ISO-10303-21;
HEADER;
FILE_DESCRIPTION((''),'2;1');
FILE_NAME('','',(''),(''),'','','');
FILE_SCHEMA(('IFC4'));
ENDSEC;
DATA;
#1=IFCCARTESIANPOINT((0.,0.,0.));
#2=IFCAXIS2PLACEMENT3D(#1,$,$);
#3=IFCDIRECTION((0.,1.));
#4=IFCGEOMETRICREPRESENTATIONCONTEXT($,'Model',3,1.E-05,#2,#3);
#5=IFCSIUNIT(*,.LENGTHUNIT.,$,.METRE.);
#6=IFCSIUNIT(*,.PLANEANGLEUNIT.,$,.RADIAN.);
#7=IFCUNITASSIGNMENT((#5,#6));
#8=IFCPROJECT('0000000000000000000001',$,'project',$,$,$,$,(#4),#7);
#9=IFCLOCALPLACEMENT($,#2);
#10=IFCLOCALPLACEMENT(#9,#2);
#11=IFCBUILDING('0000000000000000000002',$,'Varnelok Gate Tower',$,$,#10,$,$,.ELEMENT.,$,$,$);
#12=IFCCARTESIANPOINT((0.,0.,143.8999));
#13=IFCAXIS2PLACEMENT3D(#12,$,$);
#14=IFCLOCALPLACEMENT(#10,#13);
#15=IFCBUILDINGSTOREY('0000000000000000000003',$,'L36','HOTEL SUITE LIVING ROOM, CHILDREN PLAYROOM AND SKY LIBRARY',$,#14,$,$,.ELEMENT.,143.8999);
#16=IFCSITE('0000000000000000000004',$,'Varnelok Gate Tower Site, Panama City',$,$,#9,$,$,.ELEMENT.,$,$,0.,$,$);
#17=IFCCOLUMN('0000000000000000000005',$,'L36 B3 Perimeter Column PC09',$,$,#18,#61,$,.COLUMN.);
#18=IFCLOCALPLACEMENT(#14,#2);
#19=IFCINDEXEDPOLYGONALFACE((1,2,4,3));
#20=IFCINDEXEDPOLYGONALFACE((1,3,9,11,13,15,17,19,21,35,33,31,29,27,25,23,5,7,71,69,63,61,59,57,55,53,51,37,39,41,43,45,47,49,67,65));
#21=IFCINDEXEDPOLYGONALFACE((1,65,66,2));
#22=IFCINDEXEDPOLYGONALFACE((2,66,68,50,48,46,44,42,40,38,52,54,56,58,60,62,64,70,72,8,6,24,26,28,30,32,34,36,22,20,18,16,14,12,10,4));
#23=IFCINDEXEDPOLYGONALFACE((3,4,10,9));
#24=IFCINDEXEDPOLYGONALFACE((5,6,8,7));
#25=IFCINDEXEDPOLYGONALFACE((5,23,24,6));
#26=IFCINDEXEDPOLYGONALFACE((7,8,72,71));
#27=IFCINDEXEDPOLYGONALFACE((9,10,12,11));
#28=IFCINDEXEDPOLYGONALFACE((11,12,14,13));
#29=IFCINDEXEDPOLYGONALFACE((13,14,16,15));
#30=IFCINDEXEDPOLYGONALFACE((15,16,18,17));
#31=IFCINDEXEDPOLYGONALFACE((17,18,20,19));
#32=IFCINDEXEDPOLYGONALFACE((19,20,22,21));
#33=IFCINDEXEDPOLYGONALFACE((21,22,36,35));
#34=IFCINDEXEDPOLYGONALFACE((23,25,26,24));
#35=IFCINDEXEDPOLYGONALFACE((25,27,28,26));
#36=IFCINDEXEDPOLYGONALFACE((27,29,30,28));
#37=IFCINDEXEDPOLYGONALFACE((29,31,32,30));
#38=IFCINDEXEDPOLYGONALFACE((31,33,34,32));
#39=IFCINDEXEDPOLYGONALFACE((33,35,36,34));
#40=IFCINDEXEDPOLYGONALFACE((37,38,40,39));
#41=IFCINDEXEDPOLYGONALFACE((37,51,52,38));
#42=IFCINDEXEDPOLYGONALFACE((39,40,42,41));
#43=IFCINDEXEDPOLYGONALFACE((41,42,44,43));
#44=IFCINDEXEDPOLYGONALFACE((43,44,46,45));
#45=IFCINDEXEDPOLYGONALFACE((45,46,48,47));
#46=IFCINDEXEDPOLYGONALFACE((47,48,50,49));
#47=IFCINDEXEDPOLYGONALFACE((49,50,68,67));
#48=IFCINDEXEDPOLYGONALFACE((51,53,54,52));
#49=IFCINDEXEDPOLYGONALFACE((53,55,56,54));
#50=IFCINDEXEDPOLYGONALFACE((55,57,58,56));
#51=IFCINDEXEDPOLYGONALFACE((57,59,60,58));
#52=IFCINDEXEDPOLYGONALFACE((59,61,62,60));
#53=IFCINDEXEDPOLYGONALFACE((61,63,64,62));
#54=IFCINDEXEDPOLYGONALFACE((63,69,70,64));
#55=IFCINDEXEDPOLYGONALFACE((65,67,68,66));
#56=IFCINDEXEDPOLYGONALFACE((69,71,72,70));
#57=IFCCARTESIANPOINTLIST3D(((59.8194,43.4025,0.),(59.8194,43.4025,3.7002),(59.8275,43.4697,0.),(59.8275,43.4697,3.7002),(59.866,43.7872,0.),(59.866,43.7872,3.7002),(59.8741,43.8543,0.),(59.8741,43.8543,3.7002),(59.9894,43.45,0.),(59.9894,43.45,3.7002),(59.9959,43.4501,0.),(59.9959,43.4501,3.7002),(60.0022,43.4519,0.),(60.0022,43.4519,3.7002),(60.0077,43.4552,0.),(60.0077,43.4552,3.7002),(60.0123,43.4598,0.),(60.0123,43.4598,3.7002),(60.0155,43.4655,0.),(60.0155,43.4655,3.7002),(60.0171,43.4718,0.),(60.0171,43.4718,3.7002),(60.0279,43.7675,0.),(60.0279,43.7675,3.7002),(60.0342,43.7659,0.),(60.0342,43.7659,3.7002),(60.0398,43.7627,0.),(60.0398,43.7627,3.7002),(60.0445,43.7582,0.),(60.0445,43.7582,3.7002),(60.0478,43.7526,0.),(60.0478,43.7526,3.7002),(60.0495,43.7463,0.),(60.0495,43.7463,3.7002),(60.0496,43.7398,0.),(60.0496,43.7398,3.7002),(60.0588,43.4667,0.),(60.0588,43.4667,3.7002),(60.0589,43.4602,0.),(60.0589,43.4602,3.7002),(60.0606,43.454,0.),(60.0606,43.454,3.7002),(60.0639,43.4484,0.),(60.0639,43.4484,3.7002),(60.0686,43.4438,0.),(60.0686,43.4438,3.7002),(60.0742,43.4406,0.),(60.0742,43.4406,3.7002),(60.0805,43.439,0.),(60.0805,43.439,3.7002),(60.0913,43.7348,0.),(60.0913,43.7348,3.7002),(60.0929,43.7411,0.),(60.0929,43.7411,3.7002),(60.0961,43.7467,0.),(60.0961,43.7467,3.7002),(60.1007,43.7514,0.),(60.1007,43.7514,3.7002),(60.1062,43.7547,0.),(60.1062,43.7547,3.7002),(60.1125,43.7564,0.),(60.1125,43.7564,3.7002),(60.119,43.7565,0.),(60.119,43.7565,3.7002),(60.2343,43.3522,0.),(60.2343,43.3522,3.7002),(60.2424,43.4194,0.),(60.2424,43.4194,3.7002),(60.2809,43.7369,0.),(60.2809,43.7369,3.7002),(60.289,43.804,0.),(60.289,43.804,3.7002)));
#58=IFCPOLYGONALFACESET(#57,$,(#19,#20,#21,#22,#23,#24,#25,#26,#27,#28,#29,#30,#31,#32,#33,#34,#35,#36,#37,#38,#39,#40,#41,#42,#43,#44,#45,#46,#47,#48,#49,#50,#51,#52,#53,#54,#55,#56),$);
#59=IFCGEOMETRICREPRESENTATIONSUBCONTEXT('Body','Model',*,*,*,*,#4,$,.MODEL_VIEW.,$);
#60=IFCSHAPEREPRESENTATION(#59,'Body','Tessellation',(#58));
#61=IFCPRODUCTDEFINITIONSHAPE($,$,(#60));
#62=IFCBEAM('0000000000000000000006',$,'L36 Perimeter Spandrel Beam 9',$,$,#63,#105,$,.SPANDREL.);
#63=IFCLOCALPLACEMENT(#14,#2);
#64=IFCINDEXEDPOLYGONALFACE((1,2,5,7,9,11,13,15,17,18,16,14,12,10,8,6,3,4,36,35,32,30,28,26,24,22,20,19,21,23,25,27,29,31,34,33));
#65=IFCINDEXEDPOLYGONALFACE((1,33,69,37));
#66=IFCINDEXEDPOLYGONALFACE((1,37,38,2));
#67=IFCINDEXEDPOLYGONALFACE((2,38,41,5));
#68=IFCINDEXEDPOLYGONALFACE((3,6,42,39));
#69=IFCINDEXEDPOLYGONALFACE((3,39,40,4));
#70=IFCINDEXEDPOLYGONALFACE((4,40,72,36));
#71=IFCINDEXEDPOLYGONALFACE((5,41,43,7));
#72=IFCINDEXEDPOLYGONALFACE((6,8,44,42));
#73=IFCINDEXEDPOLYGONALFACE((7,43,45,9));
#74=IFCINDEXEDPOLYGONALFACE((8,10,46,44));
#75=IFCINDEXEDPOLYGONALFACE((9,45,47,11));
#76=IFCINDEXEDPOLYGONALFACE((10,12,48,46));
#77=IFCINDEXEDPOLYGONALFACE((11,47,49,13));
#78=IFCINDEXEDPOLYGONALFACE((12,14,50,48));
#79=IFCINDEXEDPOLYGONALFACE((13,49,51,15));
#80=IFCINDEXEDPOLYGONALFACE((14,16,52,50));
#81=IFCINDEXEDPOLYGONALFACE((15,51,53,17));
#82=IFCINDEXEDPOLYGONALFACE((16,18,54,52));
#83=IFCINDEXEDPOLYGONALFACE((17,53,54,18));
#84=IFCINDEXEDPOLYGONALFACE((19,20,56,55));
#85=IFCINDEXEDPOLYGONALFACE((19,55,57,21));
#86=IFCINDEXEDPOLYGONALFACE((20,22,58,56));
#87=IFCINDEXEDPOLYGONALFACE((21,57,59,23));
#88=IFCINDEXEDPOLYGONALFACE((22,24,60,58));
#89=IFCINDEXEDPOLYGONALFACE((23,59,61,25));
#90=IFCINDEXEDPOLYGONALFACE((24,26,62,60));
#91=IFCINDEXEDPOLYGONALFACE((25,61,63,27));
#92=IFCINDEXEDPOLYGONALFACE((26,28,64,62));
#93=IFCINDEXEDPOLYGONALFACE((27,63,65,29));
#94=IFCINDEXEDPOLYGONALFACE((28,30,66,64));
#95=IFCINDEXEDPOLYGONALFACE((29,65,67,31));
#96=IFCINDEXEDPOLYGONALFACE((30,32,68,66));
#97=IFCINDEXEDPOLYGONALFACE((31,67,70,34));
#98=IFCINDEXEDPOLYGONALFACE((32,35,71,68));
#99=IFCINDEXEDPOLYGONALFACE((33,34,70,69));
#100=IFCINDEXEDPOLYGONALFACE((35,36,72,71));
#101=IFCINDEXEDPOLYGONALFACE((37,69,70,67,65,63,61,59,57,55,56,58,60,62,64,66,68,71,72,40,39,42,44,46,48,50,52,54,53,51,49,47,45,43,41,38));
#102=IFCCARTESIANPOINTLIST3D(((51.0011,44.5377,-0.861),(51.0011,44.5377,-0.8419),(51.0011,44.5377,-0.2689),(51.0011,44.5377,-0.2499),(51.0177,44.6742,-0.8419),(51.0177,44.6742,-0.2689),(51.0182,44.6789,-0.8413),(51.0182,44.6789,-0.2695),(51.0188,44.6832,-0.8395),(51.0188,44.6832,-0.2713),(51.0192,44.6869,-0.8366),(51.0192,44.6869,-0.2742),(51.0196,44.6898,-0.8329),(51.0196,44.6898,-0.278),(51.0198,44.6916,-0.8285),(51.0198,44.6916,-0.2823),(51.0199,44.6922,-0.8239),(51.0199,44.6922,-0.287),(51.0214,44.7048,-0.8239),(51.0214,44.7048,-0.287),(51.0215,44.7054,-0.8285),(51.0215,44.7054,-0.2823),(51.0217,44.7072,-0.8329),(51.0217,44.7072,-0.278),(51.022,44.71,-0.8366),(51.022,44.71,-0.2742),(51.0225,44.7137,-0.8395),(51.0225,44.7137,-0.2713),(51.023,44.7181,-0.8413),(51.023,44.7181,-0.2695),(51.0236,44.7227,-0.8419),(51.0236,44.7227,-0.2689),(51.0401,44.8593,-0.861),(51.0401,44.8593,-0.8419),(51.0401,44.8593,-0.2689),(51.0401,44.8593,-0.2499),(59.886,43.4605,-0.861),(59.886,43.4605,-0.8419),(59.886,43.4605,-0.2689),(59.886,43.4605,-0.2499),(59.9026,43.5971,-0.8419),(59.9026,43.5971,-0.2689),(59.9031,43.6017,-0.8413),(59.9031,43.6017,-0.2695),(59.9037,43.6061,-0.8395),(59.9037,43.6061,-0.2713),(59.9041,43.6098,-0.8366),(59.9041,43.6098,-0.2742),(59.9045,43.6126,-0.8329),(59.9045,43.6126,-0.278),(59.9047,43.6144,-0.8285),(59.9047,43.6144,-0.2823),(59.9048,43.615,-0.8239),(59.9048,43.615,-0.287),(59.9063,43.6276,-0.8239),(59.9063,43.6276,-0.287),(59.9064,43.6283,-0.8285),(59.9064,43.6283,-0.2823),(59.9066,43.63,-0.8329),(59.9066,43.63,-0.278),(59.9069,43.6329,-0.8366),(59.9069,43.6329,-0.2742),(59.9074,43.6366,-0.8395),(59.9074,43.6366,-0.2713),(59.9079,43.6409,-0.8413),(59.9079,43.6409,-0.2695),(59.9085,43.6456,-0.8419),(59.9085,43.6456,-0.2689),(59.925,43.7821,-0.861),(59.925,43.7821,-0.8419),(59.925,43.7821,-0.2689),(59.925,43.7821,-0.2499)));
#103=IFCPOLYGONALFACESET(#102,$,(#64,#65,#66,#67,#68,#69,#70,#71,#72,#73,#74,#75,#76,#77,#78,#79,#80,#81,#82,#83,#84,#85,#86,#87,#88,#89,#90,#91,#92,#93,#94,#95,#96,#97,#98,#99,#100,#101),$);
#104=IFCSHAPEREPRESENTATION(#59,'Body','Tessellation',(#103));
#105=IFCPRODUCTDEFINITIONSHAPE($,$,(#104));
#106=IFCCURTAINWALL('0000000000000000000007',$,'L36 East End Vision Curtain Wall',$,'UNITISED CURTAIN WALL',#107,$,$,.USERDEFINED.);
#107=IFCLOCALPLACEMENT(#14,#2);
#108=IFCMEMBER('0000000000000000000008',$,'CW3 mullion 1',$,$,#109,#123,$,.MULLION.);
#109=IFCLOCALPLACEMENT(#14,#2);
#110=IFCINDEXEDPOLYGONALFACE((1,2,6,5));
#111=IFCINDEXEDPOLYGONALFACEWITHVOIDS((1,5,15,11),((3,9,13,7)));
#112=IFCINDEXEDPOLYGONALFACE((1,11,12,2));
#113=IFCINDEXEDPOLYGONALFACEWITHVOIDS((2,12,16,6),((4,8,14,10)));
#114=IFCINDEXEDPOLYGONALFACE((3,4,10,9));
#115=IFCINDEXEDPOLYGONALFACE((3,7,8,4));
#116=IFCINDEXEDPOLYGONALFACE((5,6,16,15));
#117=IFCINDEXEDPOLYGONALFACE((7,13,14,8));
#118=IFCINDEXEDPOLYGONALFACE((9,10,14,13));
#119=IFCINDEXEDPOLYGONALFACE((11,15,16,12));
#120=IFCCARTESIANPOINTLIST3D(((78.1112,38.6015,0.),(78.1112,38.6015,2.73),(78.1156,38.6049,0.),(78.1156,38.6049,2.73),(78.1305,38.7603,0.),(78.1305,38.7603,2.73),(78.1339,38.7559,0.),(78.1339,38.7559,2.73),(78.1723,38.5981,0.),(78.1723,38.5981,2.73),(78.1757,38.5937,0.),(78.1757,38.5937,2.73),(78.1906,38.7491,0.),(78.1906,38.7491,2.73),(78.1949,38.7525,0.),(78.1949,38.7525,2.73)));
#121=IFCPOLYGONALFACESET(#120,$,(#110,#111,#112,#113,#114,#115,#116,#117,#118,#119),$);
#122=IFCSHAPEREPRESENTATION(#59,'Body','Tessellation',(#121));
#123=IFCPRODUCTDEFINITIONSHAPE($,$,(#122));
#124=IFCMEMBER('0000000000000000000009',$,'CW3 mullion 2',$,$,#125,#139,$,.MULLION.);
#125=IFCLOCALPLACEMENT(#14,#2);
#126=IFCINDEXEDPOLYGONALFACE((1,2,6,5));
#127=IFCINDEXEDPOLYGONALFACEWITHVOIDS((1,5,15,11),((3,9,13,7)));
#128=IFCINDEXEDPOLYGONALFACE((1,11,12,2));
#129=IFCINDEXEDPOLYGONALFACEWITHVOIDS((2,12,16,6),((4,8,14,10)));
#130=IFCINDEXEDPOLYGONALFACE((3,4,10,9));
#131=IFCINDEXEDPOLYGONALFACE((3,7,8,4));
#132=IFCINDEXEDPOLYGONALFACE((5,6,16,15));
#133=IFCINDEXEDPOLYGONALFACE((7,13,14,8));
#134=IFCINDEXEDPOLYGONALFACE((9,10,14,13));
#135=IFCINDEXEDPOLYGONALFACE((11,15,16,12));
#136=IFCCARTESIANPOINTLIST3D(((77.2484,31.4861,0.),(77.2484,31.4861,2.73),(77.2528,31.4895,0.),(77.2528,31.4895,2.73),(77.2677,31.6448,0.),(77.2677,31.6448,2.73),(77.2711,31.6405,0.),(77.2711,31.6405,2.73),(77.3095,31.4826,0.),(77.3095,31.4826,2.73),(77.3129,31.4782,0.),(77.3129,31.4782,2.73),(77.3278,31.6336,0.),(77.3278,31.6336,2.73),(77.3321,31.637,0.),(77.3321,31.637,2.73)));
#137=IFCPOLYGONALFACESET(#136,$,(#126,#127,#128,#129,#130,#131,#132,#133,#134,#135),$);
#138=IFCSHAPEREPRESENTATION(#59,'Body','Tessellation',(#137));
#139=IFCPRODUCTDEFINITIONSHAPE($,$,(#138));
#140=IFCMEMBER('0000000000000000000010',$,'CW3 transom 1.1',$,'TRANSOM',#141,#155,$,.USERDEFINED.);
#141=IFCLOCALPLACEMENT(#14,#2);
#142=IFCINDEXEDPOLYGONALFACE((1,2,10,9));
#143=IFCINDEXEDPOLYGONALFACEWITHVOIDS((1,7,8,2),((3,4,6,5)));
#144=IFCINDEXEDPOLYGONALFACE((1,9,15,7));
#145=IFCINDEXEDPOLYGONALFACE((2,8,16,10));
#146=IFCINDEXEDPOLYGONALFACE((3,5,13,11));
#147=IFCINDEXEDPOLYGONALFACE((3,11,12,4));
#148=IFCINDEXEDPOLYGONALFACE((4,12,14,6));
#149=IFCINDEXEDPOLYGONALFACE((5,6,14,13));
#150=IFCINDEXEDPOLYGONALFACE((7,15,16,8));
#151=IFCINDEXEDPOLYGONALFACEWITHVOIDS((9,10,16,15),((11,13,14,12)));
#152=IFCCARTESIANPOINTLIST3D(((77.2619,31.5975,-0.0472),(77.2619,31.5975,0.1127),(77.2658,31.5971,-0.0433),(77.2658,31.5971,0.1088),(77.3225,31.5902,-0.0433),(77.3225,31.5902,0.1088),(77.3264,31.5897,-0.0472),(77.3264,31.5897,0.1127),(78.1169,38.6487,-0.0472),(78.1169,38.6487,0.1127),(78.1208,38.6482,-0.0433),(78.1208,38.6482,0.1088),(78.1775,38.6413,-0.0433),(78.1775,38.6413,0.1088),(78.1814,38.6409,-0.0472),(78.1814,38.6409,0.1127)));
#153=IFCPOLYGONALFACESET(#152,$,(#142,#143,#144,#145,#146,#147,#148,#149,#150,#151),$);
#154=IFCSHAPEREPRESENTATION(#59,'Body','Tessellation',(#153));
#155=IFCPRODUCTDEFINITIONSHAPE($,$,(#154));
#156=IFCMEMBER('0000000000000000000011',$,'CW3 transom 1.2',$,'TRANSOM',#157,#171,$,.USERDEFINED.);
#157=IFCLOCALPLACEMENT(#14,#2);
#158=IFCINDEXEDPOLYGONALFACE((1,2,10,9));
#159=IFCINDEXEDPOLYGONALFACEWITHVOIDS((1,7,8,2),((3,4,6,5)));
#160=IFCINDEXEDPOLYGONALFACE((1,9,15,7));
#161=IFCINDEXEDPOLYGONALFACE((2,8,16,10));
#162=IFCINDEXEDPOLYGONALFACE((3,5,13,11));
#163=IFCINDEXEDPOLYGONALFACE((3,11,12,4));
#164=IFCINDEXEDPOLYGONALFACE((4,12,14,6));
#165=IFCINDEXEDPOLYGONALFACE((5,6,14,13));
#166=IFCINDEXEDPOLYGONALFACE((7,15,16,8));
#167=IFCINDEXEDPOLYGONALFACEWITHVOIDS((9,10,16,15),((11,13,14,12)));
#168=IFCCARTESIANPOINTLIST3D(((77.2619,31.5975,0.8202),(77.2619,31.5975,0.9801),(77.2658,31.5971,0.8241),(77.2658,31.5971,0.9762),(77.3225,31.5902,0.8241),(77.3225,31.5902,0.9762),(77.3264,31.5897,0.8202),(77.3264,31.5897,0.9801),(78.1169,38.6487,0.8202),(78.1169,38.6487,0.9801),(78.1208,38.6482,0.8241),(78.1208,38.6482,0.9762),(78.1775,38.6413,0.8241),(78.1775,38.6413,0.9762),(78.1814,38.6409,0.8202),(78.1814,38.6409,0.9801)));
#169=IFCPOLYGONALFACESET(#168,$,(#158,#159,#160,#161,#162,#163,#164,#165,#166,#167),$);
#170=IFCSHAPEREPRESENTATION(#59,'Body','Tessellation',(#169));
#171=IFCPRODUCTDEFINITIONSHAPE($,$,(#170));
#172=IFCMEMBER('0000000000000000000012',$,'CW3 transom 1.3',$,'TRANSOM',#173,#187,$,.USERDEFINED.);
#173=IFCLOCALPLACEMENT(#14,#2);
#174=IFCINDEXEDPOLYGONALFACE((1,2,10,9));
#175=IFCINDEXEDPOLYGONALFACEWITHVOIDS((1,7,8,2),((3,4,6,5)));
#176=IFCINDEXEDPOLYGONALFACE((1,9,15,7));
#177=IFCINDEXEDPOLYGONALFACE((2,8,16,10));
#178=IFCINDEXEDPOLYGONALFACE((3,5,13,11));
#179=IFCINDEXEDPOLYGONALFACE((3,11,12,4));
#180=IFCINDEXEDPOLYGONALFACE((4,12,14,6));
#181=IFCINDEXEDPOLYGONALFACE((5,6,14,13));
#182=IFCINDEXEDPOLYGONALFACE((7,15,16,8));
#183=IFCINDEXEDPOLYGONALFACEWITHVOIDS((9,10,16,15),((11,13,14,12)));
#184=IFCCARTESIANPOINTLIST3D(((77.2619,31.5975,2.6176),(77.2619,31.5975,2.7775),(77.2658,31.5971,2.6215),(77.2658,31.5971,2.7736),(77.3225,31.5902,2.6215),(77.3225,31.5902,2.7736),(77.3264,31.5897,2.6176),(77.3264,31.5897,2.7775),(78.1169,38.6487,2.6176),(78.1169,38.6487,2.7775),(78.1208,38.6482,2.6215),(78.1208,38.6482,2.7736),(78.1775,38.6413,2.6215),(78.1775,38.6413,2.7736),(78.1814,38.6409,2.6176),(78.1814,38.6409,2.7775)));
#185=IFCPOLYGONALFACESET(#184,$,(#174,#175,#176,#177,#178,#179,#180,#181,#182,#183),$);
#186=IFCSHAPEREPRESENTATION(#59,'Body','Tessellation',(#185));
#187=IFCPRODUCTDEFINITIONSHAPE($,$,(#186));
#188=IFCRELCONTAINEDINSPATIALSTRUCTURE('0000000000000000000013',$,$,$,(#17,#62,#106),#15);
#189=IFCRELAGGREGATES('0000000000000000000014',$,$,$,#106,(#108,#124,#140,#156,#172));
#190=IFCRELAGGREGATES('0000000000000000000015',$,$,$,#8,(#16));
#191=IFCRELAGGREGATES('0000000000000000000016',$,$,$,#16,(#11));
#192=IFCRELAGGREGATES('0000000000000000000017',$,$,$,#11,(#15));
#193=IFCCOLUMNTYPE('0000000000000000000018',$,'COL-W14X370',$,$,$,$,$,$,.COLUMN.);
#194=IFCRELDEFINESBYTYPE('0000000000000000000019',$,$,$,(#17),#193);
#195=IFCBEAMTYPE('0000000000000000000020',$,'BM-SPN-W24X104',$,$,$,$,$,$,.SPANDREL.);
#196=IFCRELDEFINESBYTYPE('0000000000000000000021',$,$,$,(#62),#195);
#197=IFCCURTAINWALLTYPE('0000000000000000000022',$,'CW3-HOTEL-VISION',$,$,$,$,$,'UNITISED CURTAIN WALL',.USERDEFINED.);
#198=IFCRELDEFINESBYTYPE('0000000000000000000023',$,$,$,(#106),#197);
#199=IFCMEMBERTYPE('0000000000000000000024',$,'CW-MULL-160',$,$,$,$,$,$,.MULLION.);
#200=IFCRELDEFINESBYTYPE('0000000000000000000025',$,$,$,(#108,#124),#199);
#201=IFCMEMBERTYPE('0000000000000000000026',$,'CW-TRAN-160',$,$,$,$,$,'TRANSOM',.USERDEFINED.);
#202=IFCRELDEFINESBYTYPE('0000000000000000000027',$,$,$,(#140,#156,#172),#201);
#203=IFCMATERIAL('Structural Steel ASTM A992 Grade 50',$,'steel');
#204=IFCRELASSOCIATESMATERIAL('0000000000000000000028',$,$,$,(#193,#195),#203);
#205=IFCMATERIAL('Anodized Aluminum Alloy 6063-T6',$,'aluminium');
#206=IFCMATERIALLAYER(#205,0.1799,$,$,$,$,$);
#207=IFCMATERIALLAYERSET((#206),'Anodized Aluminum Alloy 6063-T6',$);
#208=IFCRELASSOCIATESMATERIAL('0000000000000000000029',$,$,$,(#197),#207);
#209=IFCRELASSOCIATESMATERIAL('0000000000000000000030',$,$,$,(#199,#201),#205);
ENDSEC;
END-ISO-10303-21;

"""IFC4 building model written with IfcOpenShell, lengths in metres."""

from ifc_helpers import new_model, si_unit, direction, frame, origin, origin_2d, place, context, subcontext, project, spatial, hollow_rectangle, i_section, extrude, material, layer, layer_set, material_profile, profile_set, type_object, element, aggregate, save


model = new_model("IFC4")

# Units and contexts
model_context = context("Model", 3, precision=1e-05, world=origin(), true_north=direction((0.0, 1.0)))
body_context = subcontext(model_context, "Body", "Model", "MODEL_VIEW")
ifc_project = project(units=[si_unit("LENGTHUNIT", "METRE"), si_unit("PLANEANGLEUNIT", "RADIAN")], contexts=[model_context])

# Site, building, storey
site_placement = place(None, origin())
site = spatial("IfcSite", under=ifc_project, at=site_placement, Name="Varnelok Gate Tower Site, Panama City", CompositionType="ELEMENT", RefElevation=0.0)
building_placement = place(site_placement, origin())
building = spatial("IfcBuilding", under=site, at=building_placement, Name="Varnelok Gate Tower", CompositionType="ELEMENT")
storey_placement = place(building_placement, frame((0.0, 0.0, 143.8999)))
storey = spatial("IfcBuildingStorey", under=building, at=storey_placement, Name="L36", Description="HOTEL SUITE LIVING ROOM, CHILDREN PLAYROOM AND SKY LIBRARY", CompositionType="ELEMENT", Elevation=143.8999)

# Column
ifc_material_1 = material(Name="Structural Steel ASTM A992 Grade 50", Category="steel")
ifc_material_profile_1 = material_profile(ifc_material_1, i_section(OverallWidth=0.418, OverallDepth=0.4551, WebThickness=0.042, FlangeThickness=0.0676, FilletRadius=0.0249, at=origin_2d()), Name="W14X370")
ifc_profile_set_1 = profile_set([ifc_material_profile_1], Name="Structural Steel ASTM A992 Grade 50")
column_type = type_object("IfcColumnType", Name="COL-W14X370", PredefinedType="COLUMN", material=ifc_profile_set_1)
column_placement = place(storey_placement, frame((60.0542, 43.6033, 0.0), z_axis=(0.0, 0.0, 1.0), x_axis=(0.992732, -0.120345, 0.0)))
element("IfcColumn", 1, at=column_placement, inside=storey, type_object=column_type, Name="L36 B3 Perimeter Column PC09", PredefinedType="COLUMN", context=body_context, shape_type="SweptSolid", body=[
    extrude(i_section(OverallWidth=0.418, OverallDepth=0.4551, WebThickness=0.042, FlangeThickness=0.0676, FilletRadius=0.0249, at=origin_2d()), origin(), (0.0, 0.0, 1.0), 3.7002),
])

# Beam
ifc_material_profile_2 = material_profile(ifc_material_1, i_section(OverallWidth=0.324, OverallDepth=0.6111, WebThickness=0.0127, FlangeThickness=0.019, FilletRadius=0.0181, at=origin_2d()), Name="W24X104")
ifc_profile_set_2 = profile_set([ifc_material_profile_2], Name="Structural Steel ASTM A992 Grade 50")
beam_type = type_object("IfcBeamType", Name="BM-SPN-W24X104", PredefinedType="SPANDREL", material=ifc_profile_set_2)
beam_placement = place(storey_placement, frame((59.9055, 43.6213, -0.5554), z_axis=(-0.992731, 0.120351, 0.0), x_axis=(-0.120351, -0.992731, 0.0)))
element("IfcBeam", 2, at=beam_placement, inside=storey, type_object=beam_type, Name="L36 Perimeter Spandrel Beam 9", PredefinedType="SPANDREL", context=body_context, shape_type="SweptSolid", body=[
    extrude(i_section(OverallWidth=0.324, OverallDepth=0.6111, WebThickness=0.0127, FlangeThickness=0.019, FilletRadius=0.0181, at=origin_2d()), origin(), (0.0, 0.0, 1.0), 8.95),
])

# Curtain wall, members
ifc_material_2 = material(Name="Anodized Aluminum Alloy 6063-T6", Category="aluminium")
ifc_layer_1 = layer(ifc_material_2, 0.1799)
ifc_layer_set_1 = layer_set([ifc_layer_1], Name="Anodized Aluminum Alloy 6063-T6")
curtain_wall_type = type_object("IfcCurtainWallType", Name="CW3-HOTEL-VISION", ElementType="UNITISED CURTAIN WALL", PredefinedType="USERDEFINED", material=ifc_layer_set_1)
curtain_wall_placement = place(storey_placement, origin())
curtain_wall = element("IfcCurtainWall", 3, at=curtain_wall_placement, inside=storey, type_object=curtain_wall_type, Name="L36 East End Vision Curtain Wall", ObjectType="UNITISED CURTAIN WALL", PredefinedType="USERDEFINED")
ifc_material_profile_3 = material_profile(ifc_material_2, hollow_rectangle(XDim=0.0649, YDim=0.1599, WallThickness=0.0039, at=origin_2d()), Name="ALU160X65X4")
ifc_profile_set_3 = profile_set([ifc_material_profile_3], Name="Anodized Aluminum Alloy 6063-T6")
member_type_1 = type_object("IfcMemberType", Name="CW-MULL-160", PredefinedType="MULLION", material=ifc_profile_set_3)
member_1_placement = place(storey_placement, frame((78.1531, 38.677, 0.0), z_axis=(0.0, 0.0, 1.0), x_axis=(0.992732, -0.120347, 0.0)))
member_1 = element("IfcMember", 4, at=member_1_placement, type_object=member_type_1, Name="CW3 mullion 1", PredefinedType="MULLION", context=body_context, shape_type="SweptSolid", body=[
    extrude(hollow_rectangle(XDim=0.0649, YDim=0.1599, WallThickness=0.0039, at=origin_2d()), origin(), (0.0, 0.0, 1.0), 2.73),
])
member_2_placement = place(storey_placement, frame((77.2903, 31.5615, 0.0), z_axis=(0.0, 0.0, 1.0), x_axis=(0.992732, -0.120347, 0.0)))
member_2 = element("IfcMember", 5, at=member_2_placement, type_object=member_type_1, Name="CW3 mullion 2", PredefinedType="MULLION", context=body_context, shape_type="SweptSolid", body=[
    extrude(hollow_rectangle(XDim=0.0649, YDim=0.1599, WallThickness=0.0039, at=origin_2d()), origin(), (0.0, 0.0, 1.0), 2.73),
])
ifc_material_profile_4 = material_profile(ifc_material_2, hollow_rectangle(XDim=0.0649, YDim=0.1599, WallThickness=0.0039, at=origin_2d()), Name="ALU160X65X4")
ifc_profile_set_4 = profile_set([ifc_material_profile_4], Name="Anodized Aluminum Alloy 6063-T6")
member_type_2 = type_object("IfcMemberType", Name="CW-TRAN-160", ElementType="TRANSOM", PredefinedType="USERDEFINED", material=ifc_profile_set_4)
member_3_placement = place(storey_placement, frame((78.1492, 38.6448, 0.0327), z_axis=(-0.120374, -0.992729, 0.0), x_axis=(0.992729, -0.120374, 0.0)))
member_3 = element("IfcMember", 6, at=member_3_placement, type_object=member_type_2, Name="CW3 transom 1.1", ObjectType="TRANSOM", PredefinedType="USERDEFINED", context=body_context, shape_type="SweptSolid", body=[
    extrude(hollow_rectangle(XDim=0.0649, YDim=0.1599, WallThickness=0.0039, at=origin_2d()), origin(), (0.0, 0.0, 1.0), 7.1028),
])
member_4_placement = place(storey_placement, frame((78.1492, 38.6448, 0.9001), z_axis=(-0.120374, -0.992729, 0.0), x_axis=(0.992729, -0.120374, 0.0)))
member_4 = element("IfcMember", 7, at=member_4_placement, type_object=member_type_2, Name="CW3 transom 1.2", ObjectType="TRANSOM", PredefinedType="USERDEFINED", context=body_context, shape_type="SweptSolid", body=[
    extrude(hollow_rectangle(XDim=0.0649, YDim=0.1599, WallThickness=0.0039, at=origin_2d()), origin(), (0.0, 0.0, 1.0), 7.1028),
])
member_5_placement = place(storey_placement, frame((78.1492, 38.6448, 2.6975), z_axis=(-0.120374, -0.992729, 0.0), x_axis=(0.992729, -0.120374, 0.0)))
member_5 = element("IfcMember", 8, at=member_5_placement, type_object=member_type_2, Name="CW3 transom 1.3", ObjectType="TRANSOM", PredefinedType="USERDEFINED", context=body_context, shape_type="SweptSolid", body=[
    extrude(hollow_rectangle(XDim=0.0649, YDim=0.1599, WallThickness=0.0039, at=origin_2d()), origin(), (0.0, 0.0, 1.0), 7.1028),
])
aggregate(curtain_wall, [member_1, member_2, member_3, member_4, member_5])

save(model, "model.ifc")
